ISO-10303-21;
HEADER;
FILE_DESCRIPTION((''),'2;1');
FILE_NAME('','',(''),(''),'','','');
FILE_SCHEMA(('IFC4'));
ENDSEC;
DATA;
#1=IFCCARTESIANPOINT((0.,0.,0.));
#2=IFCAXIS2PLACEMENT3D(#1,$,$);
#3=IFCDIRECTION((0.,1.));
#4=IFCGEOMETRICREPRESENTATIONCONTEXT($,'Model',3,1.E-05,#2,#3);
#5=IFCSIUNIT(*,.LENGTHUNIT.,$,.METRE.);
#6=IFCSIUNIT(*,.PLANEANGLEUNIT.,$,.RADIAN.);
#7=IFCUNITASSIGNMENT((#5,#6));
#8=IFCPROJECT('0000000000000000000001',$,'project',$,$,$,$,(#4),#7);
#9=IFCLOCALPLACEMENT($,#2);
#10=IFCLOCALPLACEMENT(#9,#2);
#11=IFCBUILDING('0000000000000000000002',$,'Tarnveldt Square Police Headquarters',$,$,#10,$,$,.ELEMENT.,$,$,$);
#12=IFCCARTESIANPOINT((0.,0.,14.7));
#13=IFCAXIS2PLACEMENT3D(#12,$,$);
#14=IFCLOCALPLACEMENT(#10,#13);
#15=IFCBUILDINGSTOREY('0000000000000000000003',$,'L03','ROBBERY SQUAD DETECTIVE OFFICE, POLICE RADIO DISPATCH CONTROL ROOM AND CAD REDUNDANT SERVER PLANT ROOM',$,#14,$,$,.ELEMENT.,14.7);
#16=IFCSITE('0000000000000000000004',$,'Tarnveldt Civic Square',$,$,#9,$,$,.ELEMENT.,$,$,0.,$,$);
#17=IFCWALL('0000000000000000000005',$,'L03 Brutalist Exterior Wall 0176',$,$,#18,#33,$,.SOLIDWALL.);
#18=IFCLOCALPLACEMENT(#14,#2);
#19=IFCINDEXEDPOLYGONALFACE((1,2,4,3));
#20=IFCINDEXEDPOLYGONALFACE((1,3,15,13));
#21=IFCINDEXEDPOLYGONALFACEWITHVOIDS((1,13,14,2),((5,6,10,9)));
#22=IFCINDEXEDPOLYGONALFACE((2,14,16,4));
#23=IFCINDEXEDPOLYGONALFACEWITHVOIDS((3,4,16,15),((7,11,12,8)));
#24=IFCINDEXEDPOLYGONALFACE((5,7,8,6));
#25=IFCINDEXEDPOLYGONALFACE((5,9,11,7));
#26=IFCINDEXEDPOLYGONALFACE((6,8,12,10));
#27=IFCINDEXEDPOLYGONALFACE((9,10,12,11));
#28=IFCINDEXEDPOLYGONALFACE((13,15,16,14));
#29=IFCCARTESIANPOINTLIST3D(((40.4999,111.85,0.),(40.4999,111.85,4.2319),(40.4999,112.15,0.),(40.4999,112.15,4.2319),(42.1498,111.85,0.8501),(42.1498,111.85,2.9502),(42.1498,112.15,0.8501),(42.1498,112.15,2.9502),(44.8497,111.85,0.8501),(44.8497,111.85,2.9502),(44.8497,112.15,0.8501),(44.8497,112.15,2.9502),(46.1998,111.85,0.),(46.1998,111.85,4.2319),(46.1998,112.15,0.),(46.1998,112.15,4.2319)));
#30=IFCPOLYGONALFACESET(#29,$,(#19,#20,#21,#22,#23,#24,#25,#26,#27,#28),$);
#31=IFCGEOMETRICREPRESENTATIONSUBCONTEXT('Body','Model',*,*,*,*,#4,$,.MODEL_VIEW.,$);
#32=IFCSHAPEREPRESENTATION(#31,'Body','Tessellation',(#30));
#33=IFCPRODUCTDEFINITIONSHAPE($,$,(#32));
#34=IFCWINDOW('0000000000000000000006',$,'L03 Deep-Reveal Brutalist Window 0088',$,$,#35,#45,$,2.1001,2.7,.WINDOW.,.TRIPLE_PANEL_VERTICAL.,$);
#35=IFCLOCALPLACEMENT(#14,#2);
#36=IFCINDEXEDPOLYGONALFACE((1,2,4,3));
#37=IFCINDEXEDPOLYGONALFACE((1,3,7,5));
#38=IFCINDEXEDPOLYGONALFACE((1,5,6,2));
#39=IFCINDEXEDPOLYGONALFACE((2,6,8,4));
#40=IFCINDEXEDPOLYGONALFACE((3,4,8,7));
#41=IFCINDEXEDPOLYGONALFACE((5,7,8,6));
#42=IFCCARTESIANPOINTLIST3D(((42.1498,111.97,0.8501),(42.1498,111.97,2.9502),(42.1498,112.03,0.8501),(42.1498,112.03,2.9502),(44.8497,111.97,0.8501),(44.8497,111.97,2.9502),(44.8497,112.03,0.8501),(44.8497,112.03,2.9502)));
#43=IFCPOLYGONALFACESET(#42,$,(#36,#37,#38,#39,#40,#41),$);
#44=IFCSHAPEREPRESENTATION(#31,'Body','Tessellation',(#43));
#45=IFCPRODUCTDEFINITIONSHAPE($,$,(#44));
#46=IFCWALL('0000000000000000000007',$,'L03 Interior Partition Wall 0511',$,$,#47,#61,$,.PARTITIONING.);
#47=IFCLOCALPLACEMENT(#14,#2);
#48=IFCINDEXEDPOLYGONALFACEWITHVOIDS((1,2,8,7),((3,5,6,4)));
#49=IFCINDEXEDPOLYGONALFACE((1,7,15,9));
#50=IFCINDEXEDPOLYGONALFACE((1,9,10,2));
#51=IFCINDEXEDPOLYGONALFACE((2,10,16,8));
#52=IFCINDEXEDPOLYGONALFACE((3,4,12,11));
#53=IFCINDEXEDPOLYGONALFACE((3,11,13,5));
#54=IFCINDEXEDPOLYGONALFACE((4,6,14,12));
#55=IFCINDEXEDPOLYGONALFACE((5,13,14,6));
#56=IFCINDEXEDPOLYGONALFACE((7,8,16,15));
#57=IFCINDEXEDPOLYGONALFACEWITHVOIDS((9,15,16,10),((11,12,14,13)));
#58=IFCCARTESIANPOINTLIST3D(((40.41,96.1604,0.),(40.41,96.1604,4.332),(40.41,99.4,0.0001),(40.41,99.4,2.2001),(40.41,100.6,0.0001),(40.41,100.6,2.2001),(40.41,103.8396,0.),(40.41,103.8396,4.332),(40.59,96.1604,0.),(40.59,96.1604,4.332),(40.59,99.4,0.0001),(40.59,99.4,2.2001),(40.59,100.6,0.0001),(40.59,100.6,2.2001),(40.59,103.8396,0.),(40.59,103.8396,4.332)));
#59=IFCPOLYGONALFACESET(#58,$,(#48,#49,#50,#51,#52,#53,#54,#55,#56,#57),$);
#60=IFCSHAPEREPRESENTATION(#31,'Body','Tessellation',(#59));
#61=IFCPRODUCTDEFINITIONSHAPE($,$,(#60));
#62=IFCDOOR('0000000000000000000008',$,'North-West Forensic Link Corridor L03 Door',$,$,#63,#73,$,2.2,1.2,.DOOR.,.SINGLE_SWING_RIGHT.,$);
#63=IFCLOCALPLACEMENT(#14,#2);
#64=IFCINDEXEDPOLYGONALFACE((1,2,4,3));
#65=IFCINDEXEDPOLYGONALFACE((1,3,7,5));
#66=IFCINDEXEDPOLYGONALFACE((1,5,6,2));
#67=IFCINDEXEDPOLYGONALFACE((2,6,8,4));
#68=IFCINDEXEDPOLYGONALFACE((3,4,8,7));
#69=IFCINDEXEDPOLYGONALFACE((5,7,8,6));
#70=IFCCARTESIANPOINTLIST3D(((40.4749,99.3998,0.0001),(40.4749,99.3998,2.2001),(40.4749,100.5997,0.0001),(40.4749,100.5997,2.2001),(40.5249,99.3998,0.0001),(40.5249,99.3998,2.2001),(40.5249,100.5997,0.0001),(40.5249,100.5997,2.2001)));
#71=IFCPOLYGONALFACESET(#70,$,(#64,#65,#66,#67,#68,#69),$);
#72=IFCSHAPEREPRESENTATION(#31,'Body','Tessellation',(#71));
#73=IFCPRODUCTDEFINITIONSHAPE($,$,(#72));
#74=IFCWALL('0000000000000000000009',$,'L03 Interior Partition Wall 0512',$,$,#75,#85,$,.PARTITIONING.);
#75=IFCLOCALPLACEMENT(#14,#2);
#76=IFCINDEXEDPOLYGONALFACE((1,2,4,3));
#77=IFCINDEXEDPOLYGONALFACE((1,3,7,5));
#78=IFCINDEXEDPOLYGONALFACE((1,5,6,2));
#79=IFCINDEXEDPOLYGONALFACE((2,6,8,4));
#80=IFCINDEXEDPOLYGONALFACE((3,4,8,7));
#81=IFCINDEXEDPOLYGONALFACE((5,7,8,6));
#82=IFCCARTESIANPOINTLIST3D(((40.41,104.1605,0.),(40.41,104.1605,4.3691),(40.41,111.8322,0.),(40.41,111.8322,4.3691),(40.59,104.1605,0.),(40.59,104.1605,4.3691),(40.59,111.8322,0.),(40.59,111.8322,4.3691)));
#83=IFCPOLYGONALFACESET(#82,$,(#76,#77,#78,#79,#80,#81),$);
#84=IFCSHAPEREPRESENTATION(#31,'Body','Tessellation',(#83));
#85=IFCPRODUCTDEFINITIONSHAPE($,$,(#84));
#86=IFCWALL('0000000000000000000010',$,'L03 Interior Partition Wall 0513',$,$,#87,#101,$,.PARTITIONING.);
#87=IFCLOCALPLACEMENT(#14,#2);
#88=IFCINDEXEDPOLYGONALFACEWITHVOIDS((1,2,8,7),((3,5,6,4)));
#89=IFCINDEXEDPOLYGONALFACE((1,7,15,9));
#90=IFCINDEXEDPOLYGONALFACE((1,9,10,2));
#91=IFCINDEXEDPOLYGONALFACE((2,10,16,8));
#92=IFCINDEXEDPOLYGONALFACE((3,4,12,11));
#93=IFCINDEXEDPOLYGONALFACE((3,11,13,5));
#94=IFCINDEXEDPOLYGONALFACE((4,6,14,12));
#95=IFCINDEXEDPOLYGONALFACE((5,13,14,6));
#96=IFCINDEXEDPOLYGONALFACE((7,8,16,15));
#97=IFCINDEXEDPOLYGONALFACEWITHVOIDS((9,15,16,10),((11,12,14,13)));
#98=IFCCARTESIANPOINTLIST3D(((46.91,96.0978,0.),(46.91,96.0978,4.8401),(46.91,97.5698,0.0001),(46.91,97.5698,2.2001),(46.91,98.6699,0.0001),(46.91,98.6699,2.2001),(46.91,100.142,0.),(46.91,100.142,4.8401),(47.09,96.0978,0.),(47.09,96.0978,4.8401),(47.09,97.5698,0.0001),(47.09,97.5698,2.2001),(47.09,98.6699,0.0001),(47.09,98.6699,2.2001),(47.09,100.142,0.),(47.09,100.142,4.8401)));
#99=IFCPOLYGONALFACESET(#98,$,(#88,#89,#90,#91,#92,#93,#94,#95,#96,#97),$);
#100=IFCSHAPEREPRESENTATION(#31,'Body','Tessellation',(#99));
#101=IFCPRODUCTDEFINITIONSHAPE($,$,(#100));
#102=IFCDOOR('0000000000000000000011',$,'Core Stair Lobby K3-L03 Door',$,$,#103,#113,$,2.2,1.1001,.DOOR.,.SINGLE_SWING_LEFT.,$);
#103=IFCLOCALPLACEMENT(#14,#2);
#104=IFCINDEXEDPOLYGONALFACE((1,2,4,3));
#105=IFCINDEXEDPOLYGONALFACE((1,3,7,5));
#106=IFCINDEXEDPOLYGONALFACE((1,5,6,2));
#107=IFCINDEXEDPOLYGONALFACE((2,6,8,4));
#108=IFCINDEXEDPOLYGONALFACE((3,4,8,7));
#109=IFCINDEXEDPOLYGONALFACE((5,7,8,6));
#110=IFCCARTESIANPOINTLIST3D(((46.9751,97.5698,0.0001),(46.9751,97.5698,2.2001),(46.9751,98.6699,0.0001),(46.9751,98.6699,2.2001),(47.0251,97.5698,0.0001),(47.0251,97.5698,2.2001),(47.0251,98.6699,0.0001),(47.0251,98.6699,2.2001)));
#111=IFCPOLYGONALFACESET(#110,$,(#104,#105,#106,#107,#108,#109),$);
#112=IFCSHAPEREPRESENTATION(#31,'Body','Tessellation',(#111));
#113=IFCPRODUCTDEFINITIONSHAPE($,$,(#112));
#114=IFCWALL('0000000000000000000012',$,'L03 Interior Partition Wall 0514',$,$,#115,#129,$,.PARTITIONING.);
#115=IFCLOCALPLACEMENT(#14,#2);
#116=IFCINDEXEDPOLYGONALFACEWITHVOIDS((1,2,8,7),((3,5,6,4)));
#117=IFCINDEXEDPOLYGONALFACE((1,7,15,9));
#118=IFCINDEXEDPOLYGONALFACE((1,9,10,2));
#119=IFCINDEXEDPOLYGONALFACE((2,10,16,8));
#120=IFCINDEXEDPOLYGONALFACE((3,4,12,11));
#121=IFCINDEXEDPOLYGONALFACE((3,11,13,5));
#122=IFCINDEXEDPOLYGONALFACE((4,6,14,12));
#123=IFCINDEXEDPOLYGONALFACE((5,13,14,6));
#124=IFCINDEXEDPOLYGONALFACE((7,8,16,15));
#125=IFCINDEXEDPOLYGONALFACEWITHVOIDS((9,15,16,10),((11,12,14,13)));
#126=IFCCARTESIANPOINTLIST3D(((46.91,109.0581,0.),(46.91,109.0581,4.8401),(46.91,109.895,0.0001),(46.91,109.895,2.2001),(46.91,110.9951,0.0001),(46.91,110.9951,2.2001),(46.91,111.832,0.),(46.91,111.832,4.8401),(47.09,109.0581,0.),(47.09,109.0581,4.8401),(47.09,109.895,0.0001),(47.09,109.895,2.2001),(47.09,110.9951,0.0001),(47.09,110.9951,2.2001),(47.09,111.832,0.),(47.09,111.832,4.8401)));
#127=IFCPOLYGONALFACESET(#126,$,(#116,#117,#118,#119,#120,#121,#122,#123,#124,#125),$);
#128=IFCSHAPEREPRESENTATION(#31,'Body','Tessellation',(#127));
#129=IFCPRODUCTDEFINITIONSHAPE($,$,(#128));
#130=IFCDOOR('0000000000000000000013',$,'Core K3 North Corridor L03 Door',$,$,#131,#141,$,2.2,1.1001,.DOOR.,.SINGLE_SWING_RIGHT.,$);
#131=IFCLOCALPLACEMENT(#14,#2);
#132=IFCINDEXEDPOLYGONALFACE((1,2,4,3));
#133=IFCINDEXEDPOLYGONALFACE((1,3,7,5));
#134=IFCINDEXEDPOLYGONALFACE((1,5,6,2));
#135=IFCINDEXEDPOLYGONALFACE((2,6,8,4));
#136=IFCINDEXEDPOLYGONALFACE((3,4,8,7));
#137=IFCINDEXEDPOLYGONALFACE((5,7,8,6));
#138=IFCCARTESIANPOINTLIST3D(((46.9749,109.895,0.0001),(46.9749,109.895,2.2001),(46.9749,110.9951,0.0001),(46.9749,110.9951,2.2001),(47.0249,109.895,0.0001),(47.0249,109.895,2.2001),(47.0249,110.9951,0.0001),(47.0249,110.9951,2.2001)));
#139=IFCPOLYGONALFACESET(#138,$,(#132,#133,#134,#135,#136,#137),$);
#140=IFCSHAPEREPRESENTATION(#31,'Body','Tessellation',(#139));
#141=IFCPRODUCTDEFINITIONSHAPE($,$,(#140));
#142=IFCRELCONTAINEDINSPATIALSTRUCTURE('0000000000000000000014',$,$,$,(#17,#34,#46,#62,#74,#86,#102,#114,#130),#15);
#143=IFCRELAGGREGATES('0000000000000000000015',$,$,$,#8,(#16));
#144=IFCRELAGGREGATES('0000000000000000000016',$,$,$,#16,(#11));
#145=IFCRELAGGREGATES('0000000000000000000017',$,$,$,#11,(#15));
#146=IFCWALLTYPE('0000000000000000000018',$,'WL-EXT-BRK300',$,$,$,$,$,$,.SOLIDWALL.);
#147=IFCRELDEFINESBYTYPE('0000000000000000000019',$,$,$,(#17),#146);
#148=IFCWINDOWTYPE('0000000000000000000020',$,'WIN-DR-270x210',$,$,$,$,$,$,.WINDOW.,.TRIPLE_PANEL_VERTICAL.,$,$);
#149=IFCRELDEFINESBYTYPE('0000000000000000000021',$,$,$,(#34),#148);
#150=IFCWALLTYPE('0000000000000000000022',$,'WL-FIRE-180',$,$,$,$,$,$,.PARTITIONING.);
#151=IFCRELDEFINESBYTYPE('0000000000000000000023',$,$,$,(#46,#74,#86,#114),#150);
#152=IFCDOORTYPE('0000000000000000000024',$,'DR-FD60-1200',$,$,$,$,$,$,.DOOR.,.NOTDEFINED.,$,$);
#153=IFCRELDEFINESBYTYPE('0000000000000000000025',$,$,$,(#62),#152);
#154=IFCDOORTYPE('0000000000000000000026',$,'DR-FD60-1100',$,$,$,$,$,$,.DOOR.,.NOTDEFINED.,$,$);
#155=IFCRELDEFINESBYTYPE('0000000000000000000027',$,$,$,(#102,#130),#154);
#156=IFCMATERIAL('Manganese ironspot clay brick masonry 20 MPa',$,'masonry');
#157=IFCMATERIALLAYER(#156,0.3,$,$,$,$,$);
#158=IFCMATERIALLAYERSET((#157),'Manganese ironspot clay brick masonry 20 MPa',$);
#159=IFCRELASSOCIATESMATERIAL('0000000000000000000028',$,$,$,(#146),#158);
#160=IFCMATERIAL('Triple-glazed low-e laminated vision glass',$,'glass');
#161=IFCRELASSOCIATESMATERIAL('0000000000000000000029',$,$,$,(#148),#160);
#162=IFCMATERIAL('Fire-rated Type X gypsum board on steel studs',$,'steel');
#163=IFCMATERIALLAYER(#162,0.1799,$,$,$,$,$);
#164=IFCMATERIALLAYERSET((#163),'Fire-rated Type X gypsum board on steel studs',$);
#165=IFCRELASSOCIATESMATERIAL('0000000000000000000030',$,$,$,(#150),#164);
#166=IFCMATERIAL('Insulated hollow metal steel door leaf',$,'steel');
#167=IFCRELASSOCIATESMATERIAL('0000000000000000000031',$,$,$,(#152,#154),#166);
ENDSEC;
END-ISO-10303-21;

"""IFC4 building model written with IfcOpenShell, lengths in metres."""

from ifc_helpers import new_model, si_unit, direction, frame, frame_2d, origin, place, context, subcontext, project, spatial, rectangle, extrude, material, layer, layer_set, type_object, element, fill, save


model = new_model("IFC4")

# Units and contexts
model_context = context("Model", 3, precision=1e-05, world=origin(), true_north=direction((0.0, 1.0)))
body_context = subcontext(model_context, "Body", "Model", "MODEL_VIEW")
ifc_project = project(units=[si_unit("LENGTHUNIT", "METRE"), si_unit("PLANEANGLEUNIT", "RADIAN")], contexts=[model_context])

# Site, building, storey
site_placement = place(None, origin())
site = spatial("IfcSite", under=ifc_project, at=site_placement, Name="Tarnveldt Civic Square", CompositionType="ELEMENT", RefElevation=0.0)
building_placement = place(site_placement, origin())
building = spatial("IfcBuilding", under=site, at=building_placement, Name="Tarnveldt Square Police Headquarters", CompositionType="ELEMENT")
storey_placement = place(building_placement, frame((0.0, 0.0, 14.7)))
storey = spatial("IfcBuildingStorey", under=building, at=storey_placement, Name="L03", Description="ROBBERY SQUAD DETECTIVE OFFICE, POLICE RADIO DISPATCH CONTROL ROOM AND CAD REDUNDANT SERVER PLANT ROOM", CompositionType="ELEMENT", Elevation=14.7)

# Shared definitions
ifc_material_1 = material(Name="Insulated hollow metal steel door leaf", Category="steel")

# Wall, opening, window
ifc_material_2 = material(Name="Manganese ironspot clay brick masonry 20 MPa", Category="masonry")
ifc_layer_1 = layer(ifc_material_2, 0.3)
ifc_layer_set_1 = layer_set([ifc_layer_1], Name="Manganese ironspot clay brick masonry 20 MPa")
wall_type_1 = type_object("IfcWallType", Name="WL-EXT-BRK300", PredefinedType="SOLIDWALL", material=ifc_layer_set_1)
wall_1_placement = place(storey_placement, frame((46.2, 112.0, 0.0), z_axis=(0.0, 0.0, 1.0), x_axis=(-1.0, 0.0, 0.0)))
wall_1 = element("IfcWall", 1, at=wall_1_placement, inside=storey, type_object=wall_type_1, Name="L03 Brutalist Exterior Wall 0176", PredefinedType="SOLIDWALL", context=body_context, shape_type="SweptSolid", body=[
    extrude(rectangle(XDim=5.7, YDim=0.3, at=frame_2d((2.8501, 0.0))), origin(), (0.0, 0.0, 1.0), 4.2319),
])
opening_1_placement = place(wall_1_placement, frame((1.3501, 0.0, 0.8501)))
opening_1 = element("IfcOpeningElement", 2, at=opening_1_placement, cuts=wall_1, PredefinedType="OPENING", context=body_context, shape_type="SweptSolid", body=[
    extrude(rectangle(XDim=2.7, YDim=2.1001, at=frame_2d((1.3501, 1.05))), frame((0.0, 0.1599, 0.0), z_axis=(0.0, -1.0, 0.0), x_axis=(1.0, 0.0, 0.0)), (0.0, 0.0, 1.0), 0.3201),
])
ifc_material_3 = material(Name="Triple-glazed low-e laminated vision glass", Category="glass")
window_type = type_object("IfcWindowType", Name="WIN-DR-270x210", PartitioningType="TRIPLE_PANEL_VERTICAL", PredefinedType="WINDOW", material=ifc_material_3)
window_placement = place(opening_1_placement, origin())
window = element("IfcWindow", 3, at=window_placement, inside=storey, type_object=window_type, Name="L03 Deep-Reveal Brutalist Window 0088", OverallHeight=2.1001, OverallWidth=2.7, PartitioningType="TRIPLE_PANEL_VERTICAL", PredefinedType="WINDOW", context=body_context, shape_type="SweptSolid", body=[
    extrude(rectangle(XDim=2.7, YDim=2.1001, at=frame_2d((1.3501, 1.05))), frame((0.0, 0.03, 0.0), z_axis=(0.0, -1.0, 0.0), x_axis=(1.0, 0.0, 0.0)), (0.0, 0.0, 1.0), 0.0601),
])
fill(opening_1, window)

# Wall, opening, door
ifc_material_4 = material(Name="Fire-rated Type X gypsum board on steel studs", Category="steel")
ifc_layer_2 = layer(ifc_material_4, 0.1799)
ifc_layer_set_2 = layer_set([ifc_layer_2], Name="Fire-rated Type X gypsum board on steel studs")
wall_type_2 = type_object("IfcWallType", Name="WL-FIRE-180", PredefinedType="PARTITIONING", material=ifc_layer_set_2)
wall_2_placement = place(storey_placement, frame((40.5, 96.1604, 0.0), z_axis=(0.0, 0.0, 1.0), x_axis=(0.0, 1.0, 0.0)))
wall_2 = element("IfcWall", 4, at=wall_2_placement, inside=storey, type_object=wall_type_2, Name="L03 Interior Partition Wall 0511", PredefinedType="PARTITIONING", context=body_context, shape_type="SweptSolid", body=[
    extrude(rectangle(XDim=7.6792, YDim=0.1799, at=frame_2d((3.8396, 0.0))), origin(), (0.0, 0.0, 1.0), 4.332),
])
opening_2_placement = place(wall_2_placement, frame((3.2395, 0.0, 0.0)))
opening_2 = element("IfcOpeningElement", 5, at=opening_2_placement, cuts=wall_2, PredefinedType="OPENING", context=body_context, shape_type="SweptSolid", body=[
    extrude(rectangle(XDim=1.2, YDim=2.2, at=frame_2d((0.6001, 1.1001))), frame((0.0, 0.0999, 0.0), z_axis=(0.0, -1.0, 0.0), x_axis=(1.0, 0.0, 0.0)), (0.0, 0.0, 1.0), 0.2),
])
door_type_1 = type_object("IfcDoorType", Name="DR-FD60-1200", OperationType="NOTDEFINED", PredefinedType="DOOR", material=ifc_material_1)
door_1_placement = place(opening_2_placement, frame((1.2, 0.0, 0.0), z_axis=(0.0, 0.0, 1.0), x_axis=(-1.0, 0.0, 0.0)))
door_1 = element("IfcDoor", 6, at=door_1_placement, inside=storey, type_object=door_type_1, Name="North-West Forensic Link Corridor L03 Door", OperationType="SINGLE_SWING_RIGHT", OverallHeight=2.2, OverallWidth=1.2, PredefinedType="DOOR", context=body_context, shape_type="SweptSolid", body=[
    extrude(rectangle(XDim=1.2, YDim=2.2, at=frame_2d((0.6001, 1.1001))), frame((0.0, 0.0249, 0.0), z_axis=(0.0, -1.0, 0.0), x_axis=(1.0, 0.0, 0.0)), (0.0, 0.0, 1.0), 0.05),
])
fill(opening_2, door_1)

# Wall
wall_3_placement = place(storey_placement, frame((40.5, 104.1604, 0.0), z_axis=(0.0, 0.0, 1.0), x_axis=(0.0, 1.0, 0.0)))
element("IfcWall", 7, at=wall_3_placement, inside=storey, type_object=wall_type_2, Name="L03 Interior Partition Wall 0512", PredefinedType="PARTITIONING", context=body_context, shape_type="SweptSolid", body=[
    extrude(rectangle(XDim=7.6716, YDim=0.1799, at=frame_2d((3.8359, 0.0))), origin(), (0.0, 0.0, 1.0), 4.3691),
])

# Walls, openings, doors
wall_4_placement = place(storey_placement, frame((47.0, 96.0979, 0.0), z_axis=(0.0, 0.0, 1.0), x_axis=(0.0, 1.0, 0.0)))
wall_4 = element("IfcWall", 8, at=wall_4_placement, inside=storey, type_object=wall_type_2, Name="L03 Interior Partition Wall 0513", PredefinedType="PARTITIONING", context=body_context, shape_type="SweptSolid", body=[
    extrude(rectangle(XDim=4.0442, YDim=0.1799, at=frame_2d((2.022, 0.0))), origin(), (0.0, 0.0, 1.0), 4.8401),
])
opening_3_placement = place(wall_4_placement, frame((1.4719, 0.0, 0.0)))
opening_3 = element("IfcOpeningElement", 9, at=opening_3_placement, cuts=wall_4, PredefinedType="OPENING", context=body_context, shape_type="SweptSolid", body=[
    extrude(rectangle(XDim=1.1001, YDim=2.2, at=frame_2d((0.55, 1.1001))), frame((0.0, 0.0999, 0.0), z_axis=(0.0, -1.0, 0.0), x_axis=(1.0, 0.0, 0.0)), (0.0, 0.0, 1.0), 0.2),
])
door_type_2 = type_object("IfcDoorType", Name="DR-FD60-1100", OperationType="NOTDEFINED", PredefinedType="DOOR", material=ifc_material_1)
door_2_placement = place(opening_3_placement, origin())
door_2 = element("IfcDoor", 10, at=door_2_placement, inside=storey, type_object=door_type_2, Name="Core Stair Lobby K3-L03 Door", OperationType="SINGLE_SWING_LEFT", OverallHeight=2.2, OverallWidth=1.1001, PredefinedType="DOOR", context=body_context, shape_type="SweptSolid", body=[
    extrude(rectangle(XDim=1.1001, YDim=2.2, at=frame_2d((0.55, 1.1001))), frame((0.0, 0.0249, 0.0), z_axis=(0.0, -1.0, 0.0), x_axis=(1.0, 0.0, 0.0)), (0.0, 0.0, 1.0), 0.05),
])
fill(opening_3, door_2)
wall_5_placement = place(storey_placement, frame((47.0, 109.0581, 0.0), z_axis=(0.0, 0.0, 1.0), x_axis=(0.0, 1.0, 0.0)))
wall_5 = element("IfcWall", 11, at=wall_5_placement, inside=storey, type_object=wall_type_2, Name="L03 Interior Partition Wall 0514", PredefinedType="PARTITIONING", context=body_context, shape_type="SweptSolid", body=[
    extrude(rectangle(XDim=2.7739, YDim=0.1799, at=frame_2d((1.387, 0.0))), origin(), (0.0, 0.0, 1.0), 4.8401),
])
opening_4_placement = place(wall_5_placement, frame((0.8369, 0.0, 0.0)))
opening_4 = element("IfcOpeningElement", 12, at=opening_4_placement, cuts=wall_5, PredefinedType="OPENING", context=body_context, shape_type="SweptSolid", body=[
    extrude(rectangle(XDim=1.1001, YDim=2.2, at=frame_2d((0.55, 1.1001))), frame((0.0, 0.0999, 0.0), z_axis=(0.0, -1.0, 0.0), x_axis=(1.0, 0.0, 0.0)), (0.0, 0.0, 1.0), 0.2),
])
door_3_placement = place(opening_4_placement, frame((1.1001, 0.0, 0.0), z_axis=(0.0, 0.0, 1.0), x_axis=(-1.0, 0.0, 0.0)))
door_3 = element("IfcDoor", 13, at=door_3_placement, inside=storey, type_object=door_type_2, Name="Core K3 North Corridor L03 Door", OperationType="SINGLE_SWING_RIGHT", OverallHeight=2.2, OverallWidth=1.1001, PredefinedType="DOOR", context=body_context, shape_type="SweptSolid", body=[
    extrude(rectangle(XDim=1.1001, YDim=2.2, at=frame_2d((0.55, 1.1001))), frame((0.0, 0.0249, 0.0), z_axis=(0.0, -1.0, 0.0), x_axis=(1.0, 0.0, 0.0)), (0.0, 0.0, 1.0), 0.05),
])
fill(opening_4, door_3)

save(model, "model.ifc")
